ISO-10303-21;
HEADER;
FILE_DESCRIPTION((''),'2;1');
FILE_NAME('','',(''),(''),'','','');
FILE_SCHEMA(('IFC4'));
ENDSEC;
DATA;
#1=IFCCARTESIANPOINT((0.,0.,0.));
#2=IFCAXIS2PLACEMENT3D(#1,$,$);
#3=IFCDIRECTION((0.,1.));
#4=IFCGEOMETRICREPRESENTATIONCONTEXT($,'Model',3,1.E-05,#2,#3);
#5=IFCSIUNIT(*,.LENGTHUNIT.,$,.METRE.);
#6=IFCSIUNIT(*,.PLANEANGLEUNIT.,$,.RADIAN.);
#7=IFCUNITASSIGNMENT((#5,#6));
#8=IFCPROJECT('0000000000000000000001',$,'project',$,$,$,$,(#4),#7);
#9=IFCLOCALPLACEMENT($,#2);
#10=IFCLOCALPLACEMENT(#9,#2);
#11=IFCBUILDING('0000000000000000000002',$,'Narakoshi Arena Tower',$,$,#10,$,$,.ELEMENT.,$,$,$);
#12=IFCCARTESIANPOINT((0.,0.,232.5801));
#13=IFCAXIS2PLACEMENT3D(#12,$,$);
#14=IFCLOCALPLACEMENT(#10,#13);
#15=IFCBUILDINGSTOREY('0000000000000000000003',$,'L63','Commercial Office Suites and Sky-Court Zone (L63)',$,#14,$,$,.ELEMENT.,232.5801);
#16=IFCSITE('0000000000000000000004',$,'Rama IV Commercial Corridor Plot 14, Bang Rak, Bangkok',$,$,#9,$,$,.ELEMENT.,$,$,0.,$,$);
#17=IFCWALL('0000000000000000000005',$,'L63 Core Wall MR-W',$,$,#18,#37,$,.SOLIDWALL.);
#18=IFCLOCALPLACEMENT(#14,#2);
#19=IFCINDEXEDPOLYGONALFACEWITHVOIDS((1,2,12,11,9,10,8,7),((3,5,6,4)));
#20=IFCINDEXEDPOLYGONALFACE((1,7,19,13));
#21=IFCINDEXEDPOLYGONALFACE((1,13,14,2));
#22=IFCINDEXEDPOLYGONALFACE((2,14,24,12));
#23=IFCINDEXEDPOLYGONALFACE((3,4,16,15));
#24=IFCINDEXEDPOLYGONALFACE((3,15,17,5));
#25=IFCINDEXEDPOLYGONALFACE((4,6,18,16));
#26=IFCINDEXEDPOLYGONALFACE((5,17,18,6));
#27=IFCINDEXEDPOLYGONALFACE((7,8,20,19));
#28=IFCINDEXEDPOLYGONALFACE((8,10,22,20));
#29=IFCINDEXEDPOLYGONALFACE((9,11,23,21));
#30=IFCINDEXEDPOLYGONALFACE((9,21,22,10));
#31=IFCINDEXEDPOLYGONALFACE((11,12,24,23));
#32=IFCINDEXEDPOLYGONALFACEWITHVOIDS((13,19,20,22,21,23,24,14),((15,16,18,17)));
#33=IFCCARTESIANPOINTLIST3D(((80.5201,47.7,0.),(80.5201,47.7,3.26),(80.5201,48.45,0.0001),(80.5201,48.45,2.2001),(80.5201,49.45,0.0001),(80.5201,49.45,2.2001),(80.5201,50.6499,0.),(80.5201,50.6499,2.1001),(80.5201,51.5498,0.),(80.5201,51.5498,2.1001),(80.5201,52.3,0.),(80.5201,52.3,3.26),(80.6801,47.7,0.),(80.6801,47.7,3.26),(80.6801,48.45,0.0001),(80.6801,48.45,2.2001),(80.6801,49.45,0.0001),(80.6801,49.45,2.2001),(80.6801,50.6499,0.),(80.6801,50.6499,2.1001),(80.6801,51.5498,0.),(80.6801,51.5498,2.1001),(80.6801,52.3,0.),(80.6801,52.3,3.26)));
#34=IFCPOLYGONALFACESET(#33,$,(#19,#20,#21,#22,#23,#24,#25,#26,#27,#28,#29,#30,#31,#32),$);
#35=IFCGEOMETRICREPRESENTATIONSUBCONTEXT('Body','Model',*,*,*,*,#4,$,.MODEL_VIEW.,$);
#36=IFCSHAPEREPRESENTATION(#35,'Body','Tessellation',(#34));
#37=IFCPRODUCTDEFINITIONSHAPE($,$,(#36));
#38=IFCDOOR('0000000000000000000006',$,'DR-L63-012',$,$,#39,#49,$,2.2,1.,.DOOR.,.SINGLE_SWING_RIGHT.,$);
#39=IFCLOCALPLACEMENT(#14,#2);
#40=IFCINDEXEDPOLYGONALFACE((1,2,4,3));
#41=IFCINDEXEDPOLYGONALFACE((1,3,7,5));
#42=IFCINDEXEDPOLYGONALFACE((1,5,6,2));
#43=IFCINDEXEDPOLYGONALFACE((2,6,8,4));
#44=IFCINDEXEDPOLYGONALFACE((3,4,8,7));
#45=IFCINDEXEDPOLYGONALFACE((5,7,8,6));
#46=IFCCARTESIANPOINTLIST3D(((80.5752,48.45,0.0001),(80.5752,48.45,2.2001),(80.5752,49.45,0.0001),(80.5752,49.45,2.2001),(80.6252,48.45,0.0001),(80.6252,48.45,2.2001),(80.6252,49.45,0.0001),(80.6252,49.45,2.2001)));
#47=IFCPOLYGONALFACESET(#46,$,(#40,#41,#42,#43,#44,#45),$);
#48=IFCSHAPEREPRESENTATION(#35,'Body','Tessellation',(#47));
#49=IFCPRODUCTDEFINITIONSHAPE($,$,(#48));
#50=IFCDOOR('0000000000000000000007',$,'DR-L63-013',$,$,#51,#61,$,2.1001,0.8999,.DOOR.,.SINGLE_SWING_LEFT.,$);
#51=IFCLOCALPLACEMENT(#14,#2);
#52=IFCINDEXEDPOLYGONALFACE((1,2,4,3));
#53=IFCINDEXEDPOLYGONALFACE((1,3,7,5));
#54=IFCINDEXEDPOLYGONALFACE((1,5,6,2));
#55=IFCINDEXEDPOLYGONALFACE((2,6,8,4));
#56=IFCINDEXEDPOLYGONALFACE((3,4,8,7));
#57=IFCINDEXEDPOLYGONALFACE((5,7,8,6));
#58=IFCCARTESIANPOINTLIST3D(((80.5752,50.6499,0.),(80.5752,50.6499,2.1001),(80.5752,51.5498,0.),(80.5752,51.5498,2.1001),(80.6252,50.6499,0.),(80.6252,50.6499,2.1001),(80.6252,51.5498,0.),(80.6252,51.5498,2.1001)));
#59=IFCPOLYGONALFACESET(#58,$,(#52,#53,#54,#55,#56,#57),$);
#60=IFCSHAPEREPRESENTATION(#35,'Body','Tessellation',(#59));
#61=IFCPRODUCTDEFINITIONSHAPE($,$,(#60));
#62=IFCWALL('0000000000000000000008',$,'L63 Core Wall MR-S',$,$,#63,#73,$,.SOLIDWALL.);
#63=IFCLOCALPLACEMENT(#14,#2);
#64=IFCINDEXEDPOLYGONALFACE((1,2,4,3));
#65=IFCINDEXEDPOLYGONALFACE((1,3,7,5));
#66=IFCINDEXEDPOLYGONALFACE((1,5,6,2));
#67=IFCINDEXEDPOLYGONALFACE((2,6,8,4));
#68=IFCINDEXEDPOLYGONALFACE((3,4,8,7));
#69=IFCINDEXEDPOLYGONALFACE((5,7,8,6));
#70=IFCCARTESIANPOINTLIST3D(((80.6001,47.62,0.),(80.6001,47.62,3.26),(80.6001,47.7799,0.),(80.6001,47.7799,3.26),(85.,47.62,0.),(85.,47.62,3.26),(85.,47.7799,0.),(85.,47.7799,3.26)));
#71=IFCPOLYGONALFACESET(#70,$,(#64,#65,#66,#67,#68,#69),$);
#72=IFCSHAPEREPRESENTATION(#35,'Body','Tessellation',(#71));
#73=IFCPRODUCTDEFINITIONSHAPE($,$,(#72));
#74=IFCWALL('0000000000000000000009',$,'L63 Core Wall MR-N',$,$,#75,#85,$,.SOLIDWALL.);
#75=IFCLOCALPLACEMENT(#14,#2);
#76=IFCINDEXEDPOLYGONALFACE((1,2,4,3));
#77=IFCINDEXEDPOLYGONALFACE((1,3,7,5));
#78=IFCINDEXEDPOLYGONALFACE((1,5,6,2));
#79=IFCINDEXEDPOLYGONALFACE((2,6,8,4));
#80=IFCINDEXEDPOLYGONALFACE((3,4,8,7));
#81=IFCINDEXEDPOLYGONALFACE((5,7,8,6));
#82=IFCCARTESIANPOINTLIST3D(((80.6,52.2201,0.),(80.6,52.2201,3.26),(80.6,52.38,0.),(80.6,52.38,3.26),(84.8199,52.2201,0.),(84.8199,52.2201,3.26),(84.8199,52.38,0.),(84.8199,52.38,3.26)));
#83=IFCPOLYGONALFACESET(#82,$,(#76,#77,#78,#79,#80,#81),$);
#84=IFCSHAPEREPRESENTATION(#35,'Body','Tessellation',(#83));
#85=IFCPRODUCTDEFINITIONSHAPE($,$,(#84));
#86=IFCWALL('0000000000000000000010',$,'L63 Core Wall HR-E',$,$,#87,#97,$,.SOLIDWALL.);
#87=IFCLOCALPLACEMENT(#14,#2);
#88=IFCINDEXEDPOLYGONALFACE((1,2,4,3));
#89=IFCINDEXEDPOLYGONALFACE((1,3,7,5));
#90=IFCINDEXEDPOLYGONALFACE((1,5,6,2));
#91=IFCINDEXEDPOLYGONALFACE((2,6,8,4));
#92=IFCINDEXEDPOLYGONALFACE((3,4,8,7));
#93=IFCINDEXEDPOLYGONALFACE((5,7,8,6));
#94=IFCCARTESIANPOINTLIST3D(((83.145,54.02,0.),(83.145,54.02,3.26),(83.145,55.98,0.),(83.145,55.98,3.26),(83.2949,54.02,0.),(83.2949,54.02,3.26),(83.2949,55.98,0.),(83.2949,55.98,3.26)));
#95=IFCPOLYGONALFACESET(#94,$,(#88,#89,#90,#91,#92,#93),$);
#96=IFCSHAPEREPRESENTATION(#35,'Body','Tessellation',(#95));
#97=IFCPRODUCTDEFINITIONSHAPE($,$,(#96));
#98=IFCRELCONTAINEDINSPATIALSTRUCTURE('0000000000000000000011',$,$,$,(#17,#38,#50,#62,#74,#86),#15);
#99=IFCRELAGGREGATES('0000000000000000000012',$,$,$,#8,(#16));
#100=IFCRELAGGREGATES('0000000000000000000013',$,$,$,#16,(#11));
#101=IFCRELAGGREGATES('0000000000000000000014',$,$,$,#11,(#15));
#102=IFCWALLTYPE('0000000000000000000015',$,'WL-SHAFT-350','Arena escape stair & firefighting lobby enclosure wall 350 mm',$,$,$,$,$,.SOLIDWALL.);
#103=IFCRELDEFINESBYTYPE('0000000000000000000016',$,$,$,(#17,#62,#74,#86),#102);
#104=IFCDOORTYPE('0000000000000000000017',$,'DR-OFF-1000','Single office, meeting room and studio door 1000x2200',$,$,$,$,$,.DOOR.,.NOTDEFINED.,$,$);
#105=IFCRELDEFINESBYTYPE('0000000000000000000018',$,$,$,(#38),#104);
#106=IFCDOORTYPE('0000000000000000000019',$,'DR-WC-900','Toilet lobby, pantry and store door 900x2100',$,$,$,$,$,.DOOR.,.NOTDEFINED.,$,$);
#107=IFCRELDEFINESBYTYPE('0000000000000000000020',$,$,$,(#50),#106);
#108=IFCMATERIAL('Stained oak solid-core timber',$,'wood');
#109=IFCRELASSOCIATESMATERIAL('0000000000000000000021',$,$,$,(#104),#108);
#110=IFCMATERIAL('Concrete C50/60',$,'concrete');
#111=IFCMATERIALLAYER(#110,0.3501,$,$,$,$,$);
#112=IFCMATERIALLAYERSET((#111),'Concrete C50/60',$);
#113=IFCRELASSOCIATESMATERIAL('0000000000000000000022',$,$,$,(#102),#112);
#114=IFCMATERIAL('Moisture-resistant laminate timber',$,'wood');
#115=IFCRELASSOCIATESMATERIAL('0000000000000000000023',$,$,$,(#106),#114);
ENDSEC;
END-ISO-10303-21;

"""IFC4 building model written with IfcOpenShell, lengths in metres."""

from ifc_helpers import new_model, si_unit, direction, frame, frame_2d, origin, place, context, subcontext, project, spatial, rectangle, extrude, material, layer, layer_set, type_object, element, fill, save


model = new_model("IFC4")

# Units and contexts
model_context = context("Model", 3, precision=1e-05, world=origin(), true_north=direction((0.0, 1.0)))
body_context = subcontext(model_context, "Body", "Model", "MODEL_VIEW")
ifc_project = project(units=[si_unit("LENGTHUNIT", "METRE"), si_unit("PLANEANGLEUNIT", "RADIAN")], contexts=[model_context])

# Site, building, storey
site_placement = place(None, origin())
site = spatial("IfcSite", under=ifc_project, at=site_placement, Name="Rama IV Commercial Corridor Plot 14, Bang Rak, Bangkok", CompositionType="ELEMENT", RefElevation=0.0)
building_placement = place(site_placement, origin())
building = spatial("IfcBuilding", under=site, at=building_placement, Name="Narakoshi Arena Tower", CompositionType="ELEMENT")
storey_placement = place(building_placement, frame((0.0, 0.0, 232.5801)))
storey = spatial("IfcBuildingStorey", under=building, at=storey_placement, Name="L63", Description="Commercial Office Suites and Sky-Court Zone (L63)", CompositionType="ELEMENT", Elevation=232.5801)

# Shared definitions
ifc_material_1 = material(Name="Concrete C50/60", Category="concrete")

# Shared definitions
ifc_material_2 = material(Name="Stained oak solid-core timber", Category="wood")
door_type_1 = type_object("IfcDoorType", Name="DR-OFF-1000", Description="Single office, meeting room and studio door 1000x2200", OperationType="NOTDEFINED", PredefinedType="DOOR", material=ifc_material_2)

# Wall, openings, doors
ifc_layer_1 = layer(ifc_material_1, 0.3501)
ifc_layer_set_1 = layer_set([ifc_layer_1], Name="Concrete C50/60")
wall_type_1 = type_object("IfcWallType", Name="WL-SHAFT-350", Description="Arena escape stair & firefighting lobby enclosure wall 350 mm", PredefinedType="SOLIDWALL", material=ifc_layer_set_1)
wall_1_placement = place(storey_placement, frame((80.6001, 47.7, 0.0), z_axis=(0.0, 0.0, 1.0), x_axis=(0.0, 1.0, 0.0)))
wall_1 = element("IfcWall", 1, at=wall_1_placement, inside=storey, type_object=wall_type_1, Name="L63 Core Wall MR-W", PredefinedType="SOLIDWALL", context=body_context, shape_type="SweptSolid", body=[
    extrude(rectangle(XDim=4.6001, YDim=0.1599, at=frame_2d((2.3, 0.0))), origin(), (0.0, 0.0, 1.0), 3.26),
])
opening_1_placement = place(wall_1_placement, frame((0.75, 0.0, 0.0)))
opening_1 = element("IfcOpeningElement", 2, at=opening_1_placement, cuts=wall_1, PredefinedType="OPENING", context=body_context, shape_type="SweptSolid", body=[
    extrude(rectangle(XDim=1.0, YDim=2.2, at=frame_2d((0.5, 1.1001))), frame((0.0, 0.0898, 0.0), z_axis=(0.0, -1.0, 0.0), x_axis=(1.0, 0.0, 0.0)), (0.0, 0.0, 1.0), 0.1799),
])
opening_2_placement = place(wall_1_placement, frame((2.95, 0.0, 0.0)))
opening_2 = element("IfcOpeningElement", 3, at=opening_2_placement, cuts=wall_1, PredefinedType="OPENING", context=body_context, shape_type="SweptSolid", body=[
    extrude(rectangle(XDim=0.8999, YDim=2.1001, at=frame_2d((0.45, 1.05))), frame((0.0, 0.0898, 0.0), z_axis=(0.0, -1.0, 0.0), x_axis=(1.0, 0.0, 0.0)), (0.0, 0.0, 1.0), 0.1799),
])
door_1_placement = place(opening_1_placement, origin())
door_1 = element("IfcDoor", 4, at=door_1_placement, inside=storey, type_object=door_type_1, Name="DR-L63-012", OperationType="SINGLE_SWING_RIGHT", OverallHeight=2.2, OverallWidth=1.0, PredefinedType="DOOR", context=body_context, shape_type="SweptSolid", body=[
    extrude(rectangle(XDim=1.0, YDim=2.2, at=frame_2d((0.5, 1.1001))), frame((0.0, 0.0249, 0.0), z_axis=(0.0, -1.0, 0.0), x_axis=(1.0, 0.0, 0.0)), (0.0, 0.0, 1.0), 0.05),
])
fill(opening_1, door_1)
ifc_material_3 = material(Name="Moisture-resistant laminate timber", Category="wood")
door_type_2 = type_object("IfcDoorType", Name="DR-WC-900", Description="Toilet lobby, pantry and store door 900x2100", OperationType="NOTDEFINED", PredefinedType="DOOR", material=ifc_material_3)
door_2_placement = place(opening_2_placement, origin())
door_2 = element("IfcDoor", 5, at=door_2_placement, inside=storey, type_object=door_type_2, Name="DR-L63-013", OperationType="SINGLE_SWING_LEFT", OverallHeight=2.1001, OverallWidth=0.8999, PredefinedType="DOOR", context=body_context, shape_type="SweptSolid", body=[
    extrude(rectangle(XDim=0.8999, YDim=2.1001, at=frame_2d((0.45, 1.05))), frame((0.0, 0.0249, 0.0), z_axis=(0.0, -1.0, 0.0), x_axis=(1.0, 0.0, 0.0)), (0.0, 0.0, 1.0), 0.05),
])
fill(opening_2, door_2)

# Walls
wall_2_placement = place(storey_placement, frame((80.6001, 47.7, 0.0), z_axis=(0.0, 0.0, 1.0), x_axis=(1.0, 0.0, 0.0)))
element("IfcWall", 6, at=wall_2_placement, inside=storey, type_object=wall_type_1, Name="L63 Core Wall MR-S", PredefinedType="SOLIDWALL", context=body_context, shape_type="SweptSolid", body=[
    extrude(rectangle(XDim=4.3999, YDim=0.1599, at=frame_2d((2.2, 0.0))), origin(), (0.0, 0.0, 1.0), 3.26),
])
wall_3_placement = place(storey_placement, frame((80.6001, 52.3, 0.0), z_axis=(0.0, 0.0, 1.0), x_axis=(1.0, 0.0, 0.0)))
element("IfcWall", 7, at=wall_3_placement, inside=storey, type_object=wall_type_1, Name="L63 Core Wall MR-N", PredefinedType="SOLIDWALL", context=body_context, shape_type="SweptSolid", body=[
    extrude(rectangle(XDim=4.22, YDim=0.1599, at=frame_2d((2.1099, 0.0))), origin(), (0.0, 0.0, 1.0), 3.26),
])
wall_4_placement = place(storey_placement, frame((83.22, 54.02, 0.0), z_axis=(0.0, 0.0, 1.0), x_axis=(0.0, 1.0, 0.0)))
element("IfcWall", 8, at=wall_4_placement, inside=storey, type_object=wall_type_1, Name="L63 Core Wall HR-E", PredefinedType="SOLIDWALL", context=body_context, shape_type="SweptSolid", body=[
    extrude(rectangle(XDim=1.96, YDim=0.1499, at=frame_2d((0.98, 0.0))), origin(), (0.0, 0.0, 1.0), 3.26),
])

save(model, "model.ifc")
